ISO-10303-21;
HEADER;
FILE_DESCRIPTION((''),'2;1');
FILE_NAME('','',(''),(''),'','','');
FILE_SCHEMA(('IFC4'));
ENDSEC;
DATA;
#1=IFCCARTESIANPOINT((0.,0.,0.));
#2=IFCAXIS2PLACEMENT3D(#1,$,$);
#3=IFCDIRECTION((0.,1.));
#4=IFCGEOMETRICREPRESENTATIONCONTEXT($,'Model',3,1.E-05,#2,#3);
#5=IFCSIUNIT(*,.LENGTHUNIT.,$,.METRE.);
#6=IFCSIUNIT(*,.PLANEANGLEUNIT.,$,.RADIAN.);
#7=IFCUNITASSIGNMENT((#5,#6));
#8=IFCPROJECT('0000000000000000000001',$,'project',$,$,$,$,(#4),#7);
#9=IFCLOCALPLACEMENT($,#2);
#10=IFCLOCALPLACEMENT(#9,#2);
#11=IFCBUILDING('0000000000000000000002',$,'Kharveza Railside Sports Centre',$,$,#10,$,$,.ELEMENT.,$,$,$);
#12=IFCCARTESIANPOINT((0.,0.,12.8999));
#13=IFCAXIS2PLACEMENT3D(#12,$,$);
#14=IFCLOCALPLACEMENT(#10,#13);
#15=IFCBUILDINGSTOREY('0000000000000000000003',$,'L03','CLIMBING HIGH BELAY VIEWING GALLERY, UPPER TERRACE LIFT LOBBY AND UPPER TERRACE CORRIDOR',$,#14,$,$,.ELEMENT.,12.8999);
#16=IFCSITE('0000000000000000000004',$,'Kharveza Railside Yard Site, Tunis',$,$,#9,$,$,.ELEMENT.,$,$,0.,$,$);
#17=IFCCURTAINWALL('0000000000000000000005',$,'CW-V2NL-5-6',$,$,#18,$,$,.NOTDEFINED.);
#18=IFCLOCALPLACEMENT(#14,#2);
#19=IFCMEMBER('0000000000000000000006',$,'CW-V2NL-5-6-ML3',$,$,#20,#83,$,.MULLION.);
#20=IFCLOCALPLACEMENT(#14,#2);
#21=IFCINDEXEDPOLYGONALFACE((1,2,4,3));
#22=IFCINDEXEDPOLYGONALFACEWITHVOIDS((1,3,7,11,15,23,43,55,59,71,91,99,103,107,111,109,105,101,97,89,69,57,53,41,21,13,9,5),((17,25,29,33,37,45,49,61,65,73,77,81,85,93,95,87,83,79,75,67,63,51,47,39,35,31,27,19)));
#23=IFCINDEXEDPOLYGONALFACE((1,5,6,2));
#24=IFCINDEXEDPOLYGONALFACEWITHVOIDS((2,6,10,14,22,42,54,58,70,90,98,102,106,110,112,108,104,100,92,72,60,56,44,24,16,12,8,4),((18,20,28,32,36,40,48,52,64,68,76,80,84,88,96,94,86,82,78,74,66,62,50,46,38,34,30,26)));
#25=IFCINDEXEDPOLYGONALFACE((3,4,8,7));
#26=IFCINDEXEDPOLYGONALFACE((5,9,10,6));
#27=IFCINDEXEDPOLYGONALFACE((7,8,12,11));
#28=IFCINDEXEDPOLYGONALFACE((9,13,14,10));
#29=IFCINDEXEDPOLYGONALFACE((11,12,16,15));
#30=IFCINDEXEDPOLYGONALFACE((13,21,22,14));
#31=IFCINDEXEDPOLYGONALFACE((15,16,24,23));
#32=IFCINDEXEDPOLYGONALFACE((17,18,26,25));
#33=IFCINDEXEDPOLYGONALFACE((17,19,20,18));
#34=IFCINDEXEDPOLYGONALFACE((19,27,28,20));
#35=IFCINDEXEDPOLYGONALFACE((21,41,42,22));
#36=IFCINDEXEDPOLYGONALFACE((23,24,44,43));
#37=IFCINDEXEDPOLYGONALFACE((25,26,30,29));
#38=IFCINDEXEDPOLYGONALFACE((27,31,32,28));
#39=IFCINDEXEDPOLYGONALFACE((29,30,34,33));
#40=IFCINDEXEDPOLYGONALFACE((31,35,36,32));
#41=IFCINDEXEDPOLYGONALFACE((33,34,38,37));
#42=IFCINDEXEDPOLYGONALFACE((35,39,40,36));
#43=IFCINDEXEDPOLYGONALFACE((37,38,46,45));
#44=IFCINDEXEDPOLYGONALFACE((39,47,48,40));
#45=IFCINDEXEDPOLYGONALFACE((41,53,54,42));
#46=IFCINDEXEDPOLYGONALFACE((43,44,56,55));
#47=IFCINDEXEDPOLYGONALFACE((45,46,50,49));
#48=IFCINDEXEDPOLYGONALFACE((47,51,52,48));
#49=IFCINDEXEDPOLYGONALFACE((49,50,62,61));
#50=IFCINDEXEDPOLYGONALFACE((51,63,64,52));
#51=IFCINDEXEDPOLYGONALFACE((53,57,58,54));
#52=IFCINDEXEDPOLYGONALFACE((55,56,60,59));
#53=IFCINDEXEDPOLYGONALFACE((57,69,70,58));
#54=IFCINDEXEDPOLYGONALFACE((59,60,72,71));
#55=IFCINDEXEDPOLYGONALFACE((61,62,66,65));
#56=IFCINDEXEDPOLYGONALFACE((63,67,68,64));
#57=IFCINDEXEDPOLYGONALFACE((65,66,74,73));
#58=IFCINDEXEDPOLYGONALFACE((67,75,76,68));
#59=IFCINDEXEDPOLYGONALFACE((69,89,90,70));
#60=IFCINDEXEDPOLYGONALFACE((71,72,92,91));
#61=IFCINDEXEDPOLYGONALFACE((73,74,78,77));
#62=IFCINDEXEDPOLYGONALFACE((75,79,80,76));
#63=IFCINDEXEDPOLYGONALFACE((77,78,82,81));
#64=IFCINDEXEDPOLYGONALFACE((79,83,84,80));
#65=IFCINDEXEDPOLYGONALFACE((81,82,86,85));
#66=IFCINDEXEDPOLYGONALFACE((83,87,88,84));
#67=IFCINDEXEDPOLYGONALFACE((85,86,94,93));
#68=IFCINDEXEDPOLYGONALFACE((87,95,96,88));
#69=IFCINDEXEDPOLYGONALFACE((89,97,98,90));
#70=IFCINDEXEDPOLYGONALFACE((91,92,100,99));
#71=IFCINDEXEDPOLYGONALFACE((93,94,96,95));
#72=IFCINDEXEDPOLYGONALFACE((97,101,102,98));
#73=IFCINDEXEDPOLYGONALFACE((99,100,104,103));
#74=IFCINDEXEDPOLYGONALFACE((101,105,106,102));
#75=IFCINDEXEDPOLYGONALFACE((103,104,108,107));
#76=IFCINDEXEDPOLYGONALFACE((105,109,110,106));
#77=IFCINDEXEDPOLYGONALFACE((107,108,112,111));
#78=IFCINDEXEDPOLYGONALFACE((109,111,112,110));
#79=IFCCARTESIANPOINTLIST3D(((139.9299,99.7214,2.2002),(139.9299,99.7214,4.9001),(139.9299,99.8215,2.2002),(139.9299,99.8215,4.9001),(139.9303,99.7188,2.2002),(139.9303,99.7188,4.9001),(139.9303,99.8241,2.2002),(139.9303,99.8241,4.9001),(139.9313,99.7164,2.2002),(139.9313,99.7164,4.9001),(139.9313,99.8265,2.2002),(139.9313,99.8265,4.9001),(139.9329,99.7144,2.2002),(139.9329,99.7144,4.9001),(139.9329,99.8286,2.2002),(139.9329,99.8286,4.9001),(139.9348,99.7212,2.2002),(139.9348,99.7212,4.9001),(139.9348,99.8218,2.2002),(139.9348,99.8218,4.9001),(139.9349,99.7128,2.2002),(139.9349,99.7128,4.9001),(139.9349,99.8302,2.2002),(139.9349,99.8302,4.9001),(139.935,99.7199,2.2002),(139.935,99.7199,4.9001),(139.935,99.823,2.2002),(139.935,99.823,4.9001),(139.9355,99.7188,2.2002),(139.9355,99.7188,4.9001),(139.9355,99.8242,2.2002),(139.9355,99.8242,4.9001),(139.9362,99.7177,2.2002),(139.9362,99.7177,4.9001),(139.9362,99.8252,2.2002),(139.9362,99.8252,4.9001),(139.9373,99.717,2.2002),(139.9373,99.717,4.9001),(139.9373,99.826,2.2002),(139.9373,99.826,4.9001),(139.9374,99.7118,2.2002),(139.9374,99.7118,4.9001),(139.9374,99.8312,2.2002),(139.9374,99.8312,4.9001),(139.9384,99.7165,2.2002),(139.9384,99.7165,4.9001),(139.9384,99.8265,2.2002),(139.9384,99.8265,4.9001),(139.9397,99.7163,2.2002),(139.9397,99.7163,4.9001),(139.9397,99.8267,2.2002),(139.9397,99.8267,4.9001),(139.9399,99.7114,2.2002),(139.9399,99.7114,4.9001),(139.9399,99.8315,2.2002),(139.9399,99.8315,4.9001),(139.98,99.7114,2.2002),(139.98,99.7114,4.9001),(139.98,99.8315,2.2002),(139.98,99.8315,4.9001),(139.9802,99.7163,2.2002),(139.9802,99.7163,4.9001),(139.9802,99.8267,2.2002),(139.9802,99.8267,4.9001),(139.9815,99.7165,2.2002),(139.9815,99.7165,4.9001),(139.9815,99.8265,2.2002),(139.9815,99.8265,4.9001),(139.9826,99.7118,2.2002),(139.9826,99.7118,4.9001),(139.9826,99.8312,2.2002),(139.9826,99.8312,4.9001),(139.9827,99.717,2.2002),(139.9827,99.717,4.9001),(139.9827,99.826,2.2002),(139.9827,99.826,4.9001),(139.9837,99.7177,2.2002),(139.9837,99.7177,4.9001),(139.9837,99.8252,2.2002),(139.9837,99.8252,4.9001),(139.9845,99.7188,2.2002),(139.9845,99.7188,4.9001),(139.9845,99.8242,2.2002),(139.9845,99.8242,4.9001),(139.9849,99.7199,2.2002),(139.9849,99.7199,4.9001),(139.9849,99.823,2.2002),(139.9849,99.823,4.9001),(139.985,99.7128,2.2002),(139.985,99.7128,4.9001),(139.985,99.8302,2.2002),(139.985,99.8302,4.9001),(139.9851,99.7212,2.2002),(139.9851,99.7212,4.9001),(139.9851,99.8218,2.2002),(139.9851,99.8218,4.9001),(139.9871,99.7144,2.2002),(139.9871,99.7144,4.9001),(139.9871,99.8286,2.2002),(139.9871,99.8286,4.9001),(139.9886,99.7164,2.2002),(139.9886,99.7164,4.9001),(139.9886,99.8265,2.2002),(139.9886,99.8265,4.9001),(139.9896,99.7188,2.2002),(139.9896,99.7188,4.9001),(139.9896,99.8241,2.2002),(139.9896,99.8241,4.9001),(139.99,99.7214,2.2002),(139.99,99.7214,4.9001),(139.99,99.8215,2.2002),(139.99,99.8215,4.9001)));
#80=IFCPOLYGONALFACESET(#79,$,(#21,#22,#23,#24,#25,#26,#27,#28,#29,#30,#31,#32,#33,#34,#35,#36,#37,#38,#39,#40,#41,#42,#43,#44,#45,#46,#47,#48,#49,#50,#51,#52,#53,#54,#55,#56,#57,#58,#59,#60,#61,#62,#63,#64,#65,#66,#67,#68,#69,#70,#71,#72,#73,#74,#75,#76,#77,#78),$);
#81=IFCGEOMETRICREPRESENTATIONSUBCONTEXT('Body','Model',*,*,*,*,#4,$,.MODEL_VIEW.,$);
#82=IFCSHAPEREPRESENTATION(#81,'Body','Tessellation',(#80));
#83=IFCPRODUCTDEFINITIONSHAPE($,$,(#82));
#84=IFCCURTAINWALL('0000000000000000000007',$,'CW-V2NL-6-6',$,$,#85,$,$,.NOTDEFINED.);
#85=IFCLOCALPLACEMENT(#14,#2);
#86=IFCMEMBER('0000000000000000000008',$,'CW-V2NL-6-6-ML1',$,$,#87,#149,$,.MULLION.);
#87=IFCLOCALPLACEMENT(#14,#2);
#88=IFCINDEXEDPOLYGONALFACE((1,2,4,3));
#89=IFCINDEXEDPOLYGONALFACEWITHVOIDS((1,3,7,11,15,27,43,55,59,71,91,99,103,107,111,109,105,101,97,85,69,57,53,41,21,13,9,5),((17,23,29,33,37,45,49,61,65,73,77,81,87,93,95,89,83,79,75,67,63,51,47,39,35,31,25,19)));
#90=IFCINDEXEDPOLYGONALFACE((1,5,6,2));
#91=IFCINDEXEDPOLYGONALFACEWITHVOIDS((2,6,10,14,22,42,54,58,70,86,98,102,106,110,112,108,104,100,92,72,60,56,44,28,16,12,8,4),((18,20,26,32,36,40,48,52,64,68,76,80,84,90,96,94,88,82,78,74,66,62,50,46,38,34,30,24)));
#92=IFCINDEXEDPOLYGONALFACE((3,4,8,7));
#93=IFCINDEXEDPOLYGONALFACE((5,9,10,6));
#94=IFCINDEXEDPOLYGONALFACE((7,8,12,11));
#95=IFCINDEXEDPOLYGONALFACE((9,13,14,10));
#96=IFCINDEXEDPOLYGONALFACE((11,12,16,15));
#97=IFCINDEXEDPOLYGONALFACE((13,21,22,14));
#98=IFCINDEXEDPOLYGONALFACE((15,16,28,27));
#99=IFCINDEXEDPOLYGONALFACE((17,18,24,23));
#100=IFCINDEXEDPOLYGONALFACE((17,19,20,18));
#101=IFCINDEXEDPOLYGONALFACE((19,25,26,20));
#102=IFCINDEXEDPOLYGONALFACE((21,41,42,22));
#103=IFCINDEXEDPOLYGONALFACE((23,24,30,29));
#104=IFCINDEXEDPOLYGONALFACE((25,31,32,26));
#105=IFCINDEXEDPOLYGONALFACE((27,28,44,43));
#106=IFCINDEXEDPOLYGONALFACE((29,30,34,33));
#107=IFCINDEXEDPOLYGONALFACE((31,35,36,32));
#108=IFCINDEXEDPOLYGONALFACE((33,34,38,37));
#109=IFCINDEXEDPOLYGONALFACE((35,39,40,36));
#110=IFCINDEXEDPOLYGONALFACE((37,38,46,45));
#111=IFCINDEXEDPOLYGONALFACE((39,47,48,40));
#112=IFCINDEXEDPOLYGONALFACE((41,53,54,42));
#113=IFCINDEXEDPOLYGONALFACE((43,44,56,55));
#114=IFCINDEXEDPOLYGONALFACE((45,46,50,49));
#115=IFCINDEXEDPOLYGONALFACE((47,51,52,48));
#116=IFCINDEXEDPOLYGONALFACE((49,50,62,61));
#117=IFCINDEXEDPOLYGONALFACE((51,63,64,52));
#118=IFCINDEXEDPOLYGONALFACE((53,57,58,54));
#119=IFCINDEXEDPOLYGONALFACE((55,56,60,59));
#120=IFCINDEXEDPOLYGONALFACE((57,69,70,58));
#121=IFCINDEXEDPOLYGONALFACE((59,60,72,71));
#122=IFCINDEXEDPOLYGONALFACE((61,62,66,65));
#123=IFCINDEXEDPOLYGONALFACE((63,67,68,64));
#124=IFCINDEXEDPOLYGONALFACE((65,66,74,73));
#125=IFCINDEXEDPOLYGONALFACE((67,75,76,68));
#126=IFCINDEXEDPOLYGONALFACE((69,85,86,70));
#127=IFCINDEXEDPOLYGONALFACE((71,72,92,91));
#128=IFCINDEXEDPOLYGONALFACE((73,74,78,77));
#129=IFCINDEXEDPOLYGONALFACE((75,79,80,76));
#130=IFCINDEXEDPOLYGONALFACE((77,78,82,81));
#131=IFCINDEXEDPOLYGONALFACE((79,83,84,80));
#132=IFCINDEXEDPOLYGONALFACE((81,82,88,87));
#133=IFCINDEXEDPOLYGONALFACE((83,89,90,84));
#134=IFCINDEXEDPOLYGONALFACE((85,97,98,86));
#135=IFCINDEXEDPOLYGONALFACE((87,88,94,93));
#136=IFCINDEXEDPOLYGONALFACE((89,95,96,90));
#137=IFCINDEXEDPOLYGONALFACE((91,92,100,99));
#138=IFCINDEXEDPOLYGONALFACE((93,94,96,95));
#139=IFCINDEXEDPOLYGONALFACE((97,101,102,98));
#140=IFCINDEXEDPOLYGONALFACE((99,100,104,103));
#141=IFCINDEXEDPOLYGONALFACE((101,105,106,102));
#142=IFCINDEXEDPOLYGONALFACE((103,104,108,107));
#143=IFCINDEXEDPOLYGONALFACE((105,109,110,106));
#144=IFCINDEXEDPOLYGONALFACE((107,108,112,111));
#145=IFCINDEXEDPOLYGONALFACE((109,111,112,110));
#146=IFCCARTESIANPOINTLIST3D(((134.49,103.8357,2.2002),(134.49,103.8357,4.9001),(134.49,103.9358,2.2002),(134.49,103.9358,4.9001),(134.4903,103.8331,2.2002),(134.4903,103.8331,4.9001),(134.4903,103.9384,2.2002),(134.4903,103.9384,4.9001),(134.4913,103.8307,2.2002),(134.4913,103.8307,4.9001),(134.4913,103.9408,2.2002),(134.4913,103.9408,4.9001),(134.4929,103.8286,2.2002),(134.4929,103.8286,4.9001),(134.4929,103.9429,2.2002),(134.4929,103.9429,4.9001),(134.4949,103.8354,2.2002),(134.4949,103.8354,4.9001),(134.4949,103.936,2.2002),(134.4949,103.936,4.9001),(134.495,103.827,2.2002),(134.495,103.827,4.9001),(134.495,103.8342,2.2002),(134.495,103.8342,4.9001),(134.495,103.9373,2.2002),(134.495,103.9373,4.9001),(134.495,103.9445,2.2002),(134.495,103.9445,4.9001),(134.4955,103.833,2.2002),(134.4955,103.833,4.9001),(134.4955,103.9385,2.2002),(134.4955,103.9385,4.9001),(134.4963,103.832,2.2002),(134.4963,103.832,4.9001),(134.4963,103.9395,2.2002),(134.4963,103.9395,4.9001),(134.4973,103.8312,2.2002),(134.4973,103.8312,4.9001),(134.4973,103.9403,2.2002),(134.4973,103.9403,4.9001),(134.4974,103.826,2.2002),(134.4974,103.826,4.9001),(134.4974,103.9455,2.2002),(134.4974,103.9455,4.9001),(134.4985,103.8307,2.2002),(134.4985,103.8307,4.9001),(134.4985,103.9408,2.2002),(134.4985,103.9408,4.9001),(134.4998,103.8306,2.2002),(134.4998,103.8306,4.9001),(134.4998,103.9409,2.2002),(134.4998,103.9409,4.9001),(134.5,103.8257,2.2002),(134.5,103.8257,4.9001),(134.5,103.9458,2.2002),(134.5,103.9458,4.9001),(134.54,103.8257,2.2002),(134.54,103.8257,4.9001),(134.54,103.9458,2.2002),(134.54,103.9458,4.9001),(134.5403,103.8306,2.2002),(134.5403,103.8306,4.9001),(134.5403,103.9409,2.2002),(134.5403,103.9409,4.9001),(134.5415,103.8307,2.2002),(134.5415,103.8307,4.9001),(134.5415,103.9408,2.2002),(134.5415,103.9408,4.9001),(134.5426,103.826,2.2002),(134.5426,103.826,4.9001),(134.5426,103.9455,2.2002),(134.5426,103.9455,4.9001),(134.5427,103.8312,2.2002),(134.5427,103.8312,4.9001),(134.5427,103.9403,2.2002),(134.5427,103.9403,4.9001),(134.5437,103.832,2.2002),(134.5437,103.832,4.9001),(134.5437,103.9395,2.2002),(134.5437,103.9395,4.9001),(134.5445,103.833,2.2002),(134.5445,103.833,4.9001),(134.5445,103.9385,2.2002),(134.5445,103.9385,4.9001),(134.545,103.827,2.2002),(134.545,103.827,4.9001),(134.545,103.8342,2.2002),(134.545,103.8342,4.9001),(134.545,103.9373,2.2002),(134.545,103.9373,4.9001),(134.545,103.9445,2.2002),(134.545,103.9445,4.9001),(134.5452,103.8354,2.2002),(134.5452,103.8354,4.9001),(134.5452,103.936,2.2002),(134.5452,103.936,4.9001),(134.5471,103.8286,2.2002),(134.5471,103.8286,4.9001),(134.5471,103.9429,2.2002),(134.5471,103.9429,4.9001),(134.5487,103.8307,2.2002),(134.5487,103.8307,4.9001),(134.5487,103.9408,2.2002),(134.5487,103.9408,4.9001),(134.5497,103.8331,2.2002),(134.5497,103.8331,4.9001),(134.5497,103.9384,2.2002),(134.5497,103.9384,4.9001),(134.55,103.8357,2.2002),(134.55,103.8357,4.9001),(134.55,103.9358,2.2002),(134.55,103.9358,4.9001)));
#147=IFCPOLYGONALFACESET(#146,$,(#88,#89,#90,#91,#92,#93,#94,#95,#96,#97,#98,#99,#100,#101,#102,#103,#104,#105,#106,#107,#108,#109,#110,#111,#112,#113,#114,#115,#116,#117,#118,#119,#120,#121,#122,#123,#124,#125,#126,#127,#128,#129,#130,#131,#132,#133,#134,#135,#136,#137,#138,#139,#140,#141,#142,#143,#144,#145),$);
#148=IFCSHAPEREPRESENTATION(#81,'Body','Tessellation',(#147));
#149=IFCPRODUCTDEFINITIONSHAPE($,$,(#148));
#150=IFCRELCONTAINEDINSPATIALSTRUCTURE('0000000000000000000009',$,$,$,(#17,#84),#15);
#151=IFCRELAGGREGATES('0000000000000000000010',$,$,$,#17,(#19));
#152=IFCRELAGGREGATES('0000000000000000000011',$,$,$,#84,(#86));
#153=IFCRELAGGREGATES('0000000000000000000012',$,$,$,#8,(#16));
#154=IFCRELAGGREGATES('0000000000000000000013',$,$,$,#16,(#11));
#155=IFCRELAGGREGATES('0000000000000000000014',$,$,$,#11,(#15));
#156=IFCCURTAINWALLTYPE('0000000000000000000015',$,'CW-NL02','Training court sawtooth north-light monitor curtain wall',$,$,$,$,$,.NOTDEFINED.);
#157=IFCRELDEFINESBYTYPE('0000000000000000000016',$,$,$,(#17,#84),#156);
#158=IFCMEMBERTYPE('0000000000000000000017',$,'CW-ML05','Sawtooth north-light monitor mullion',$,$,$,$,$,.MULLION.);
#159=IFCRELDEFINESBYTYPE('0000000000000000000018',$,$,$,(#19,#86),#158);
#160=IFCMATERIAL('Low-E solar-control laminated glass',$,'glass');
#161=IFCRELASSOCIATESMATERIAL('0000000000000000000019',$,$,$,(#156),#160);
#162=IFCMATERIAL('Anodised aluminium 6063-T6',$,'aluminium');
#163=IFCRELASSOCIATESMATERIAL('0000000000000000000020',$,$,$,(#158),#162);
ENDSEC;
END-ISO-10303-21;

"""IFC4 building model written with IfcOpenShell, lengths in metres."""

from ifc_helpers import new_model, si_unit, direction, frame, origin, origin_2d, place, context, subcontext, project, spatial, hollow_rectangle, extrude, material, material_profile, profile_set, type_object, element, aggregate, save


model = new_model("IFC4")

# Units and contexts
model_context = context("Model", 3, precision=1e-05, world=origin(), true_north=direction((0.0, 1.0)))
body_context = subcontext(model_context, "Body", "Model", "MODEL_VIEW")
ifc_project = project(units=[si_unit("LENGTHUNIT", "METRE"), si_unit("PLANEANGLEUNIT", "RADIAN")], contexts=[model_context])

# Site, building, storey
site_placement = place(None, origin())
site = spatial("IfcSite", under=ifc_project, at=site_placement, Name="Kharveza Railside Yard Site, Tunis", CompositionType="ELEMENT", RefElevation=0.0)
building_placement = place(site_placement, origin())
building = spatial("IfcBuilding", under=site, at=building_placement, Name="Kharveza Railside Sports Centre", CompositionType="ELEMENT")
storey_placement = place(building_placement, frame((0.0, 0.0, 12.8999)))
storey = spatial("IfcBuildingStorey", under=building, at=storey_placement, Name="L03", Description="CLIMBING HIGH BELAY VIEWING GALLERY, UPPER TERRACE LIFT LOBBY AND UPPER TERRACE CORRIDOR", CompositionType="ELEMENT", Elevation=12.8999)

# Curtain walls, members
ifc_material_1 = material(Name="Low-E solar-control laminated glass", Category="glass")
curtain_wall_type = type_object("IfcCurtainWallType", Name="CW-NL02", Description="Training court sawtooth north-light monitor curtain wall", PredefinedType="NOTDEFINED", material=ifc_material_1)
curtain_wall_1_placement = place(storey_placement, origin())
curtain_wall_1 = element("IfcCurtainWall", 1, at=curtain_wall_1_placement, inside=storey, type_object=curtain_wall_type, Name="CW-V2NL-5-6", PredefinedType="NOTDEFINED")
ifc_material_2 = material(Name="Anodised aluminium 6063-T6", Category="aluminium")
ifc_material_profile_1 = material_profile(ifc_material_2, hollow_rectangle(XDim=0.0601, YDim=0.1201, WallThickness=0.0049, InnerFilletRadius=0.0049, OuterFilletRadius=0.01, at=origin_2d()), Name="RHS 60x120x5.0")
ifc_profile_set_1 = profile_set([ifc_material_profile_1], Name="Anodised aluminium 6063-T6")
member_type_1 = type_object("IfcMemberType", Name="CW-ML05", Description="Sawtooth north-light monitor mullion", PredefinedType="MULLION", material=ifc_profile_set_1)
member_1_placement = place(storey_placement, frame((139.96, 99.7715, 2.2002), z_axis=(0.0, 0.0, 1.0), x_axis=(1.0, 0.0, 0.0)))
member_1 = element("IfcMember", 2, at=member_1_placement, type_object=member_type_1, Name="CW-V2NL-5-6-ML3", PredefinedType="MULLION", context=body_context, shape_type="SweptSolid", body=[
    extrude(hollow_rectangle(XDim=0.0601, YDim=0.1201, WallThickness=0.0049, InnerFilletRadius=0.0049, OuterFilletRadius=0.01, at=origin_2d()), origin(), (0.0, 0.0, 1.0), 2.7),
])
curtain_wall_2_placement = place(storey_placement, origin())
curtain_wall_2 = element("IfcCurtainWall", 3, at=curtain_wall_2_placement, inside=storey, type_object=curtain_wall_type, Name="CW-V2NL-6-6", PredefinedType="NOTDEFINED")
member_2_placement = place(storey_placement, frame((134.52, 103.8857, 2.2002), z_axis=(0.0, 0.0, 1.0), x_axis=(1.0, 0.0, 0.0)))
member_2 = element("IfcMember", 4, at=member_2_placement, type_object=member_type_1, Name="CW-V2NL-6-6-ML1", PredefinedType="MULLION", context=body_context, shape_type="SweptSolid", body=[
    extrude(hollow_rectangle(XDim=0.0601, YDim=0.1201, WallThickness=0.0049, InnerFilletRadius=0.0049, OuterFilletRadius=0.01, at=origin_2d()), origin(), (0.0, 0.0, 1.0), 2.7),
])

aggregate(curtain_wall_1, [member_1])
aggregate(curtain_wall_2, [member_2])

save(model, "model.ifc")
